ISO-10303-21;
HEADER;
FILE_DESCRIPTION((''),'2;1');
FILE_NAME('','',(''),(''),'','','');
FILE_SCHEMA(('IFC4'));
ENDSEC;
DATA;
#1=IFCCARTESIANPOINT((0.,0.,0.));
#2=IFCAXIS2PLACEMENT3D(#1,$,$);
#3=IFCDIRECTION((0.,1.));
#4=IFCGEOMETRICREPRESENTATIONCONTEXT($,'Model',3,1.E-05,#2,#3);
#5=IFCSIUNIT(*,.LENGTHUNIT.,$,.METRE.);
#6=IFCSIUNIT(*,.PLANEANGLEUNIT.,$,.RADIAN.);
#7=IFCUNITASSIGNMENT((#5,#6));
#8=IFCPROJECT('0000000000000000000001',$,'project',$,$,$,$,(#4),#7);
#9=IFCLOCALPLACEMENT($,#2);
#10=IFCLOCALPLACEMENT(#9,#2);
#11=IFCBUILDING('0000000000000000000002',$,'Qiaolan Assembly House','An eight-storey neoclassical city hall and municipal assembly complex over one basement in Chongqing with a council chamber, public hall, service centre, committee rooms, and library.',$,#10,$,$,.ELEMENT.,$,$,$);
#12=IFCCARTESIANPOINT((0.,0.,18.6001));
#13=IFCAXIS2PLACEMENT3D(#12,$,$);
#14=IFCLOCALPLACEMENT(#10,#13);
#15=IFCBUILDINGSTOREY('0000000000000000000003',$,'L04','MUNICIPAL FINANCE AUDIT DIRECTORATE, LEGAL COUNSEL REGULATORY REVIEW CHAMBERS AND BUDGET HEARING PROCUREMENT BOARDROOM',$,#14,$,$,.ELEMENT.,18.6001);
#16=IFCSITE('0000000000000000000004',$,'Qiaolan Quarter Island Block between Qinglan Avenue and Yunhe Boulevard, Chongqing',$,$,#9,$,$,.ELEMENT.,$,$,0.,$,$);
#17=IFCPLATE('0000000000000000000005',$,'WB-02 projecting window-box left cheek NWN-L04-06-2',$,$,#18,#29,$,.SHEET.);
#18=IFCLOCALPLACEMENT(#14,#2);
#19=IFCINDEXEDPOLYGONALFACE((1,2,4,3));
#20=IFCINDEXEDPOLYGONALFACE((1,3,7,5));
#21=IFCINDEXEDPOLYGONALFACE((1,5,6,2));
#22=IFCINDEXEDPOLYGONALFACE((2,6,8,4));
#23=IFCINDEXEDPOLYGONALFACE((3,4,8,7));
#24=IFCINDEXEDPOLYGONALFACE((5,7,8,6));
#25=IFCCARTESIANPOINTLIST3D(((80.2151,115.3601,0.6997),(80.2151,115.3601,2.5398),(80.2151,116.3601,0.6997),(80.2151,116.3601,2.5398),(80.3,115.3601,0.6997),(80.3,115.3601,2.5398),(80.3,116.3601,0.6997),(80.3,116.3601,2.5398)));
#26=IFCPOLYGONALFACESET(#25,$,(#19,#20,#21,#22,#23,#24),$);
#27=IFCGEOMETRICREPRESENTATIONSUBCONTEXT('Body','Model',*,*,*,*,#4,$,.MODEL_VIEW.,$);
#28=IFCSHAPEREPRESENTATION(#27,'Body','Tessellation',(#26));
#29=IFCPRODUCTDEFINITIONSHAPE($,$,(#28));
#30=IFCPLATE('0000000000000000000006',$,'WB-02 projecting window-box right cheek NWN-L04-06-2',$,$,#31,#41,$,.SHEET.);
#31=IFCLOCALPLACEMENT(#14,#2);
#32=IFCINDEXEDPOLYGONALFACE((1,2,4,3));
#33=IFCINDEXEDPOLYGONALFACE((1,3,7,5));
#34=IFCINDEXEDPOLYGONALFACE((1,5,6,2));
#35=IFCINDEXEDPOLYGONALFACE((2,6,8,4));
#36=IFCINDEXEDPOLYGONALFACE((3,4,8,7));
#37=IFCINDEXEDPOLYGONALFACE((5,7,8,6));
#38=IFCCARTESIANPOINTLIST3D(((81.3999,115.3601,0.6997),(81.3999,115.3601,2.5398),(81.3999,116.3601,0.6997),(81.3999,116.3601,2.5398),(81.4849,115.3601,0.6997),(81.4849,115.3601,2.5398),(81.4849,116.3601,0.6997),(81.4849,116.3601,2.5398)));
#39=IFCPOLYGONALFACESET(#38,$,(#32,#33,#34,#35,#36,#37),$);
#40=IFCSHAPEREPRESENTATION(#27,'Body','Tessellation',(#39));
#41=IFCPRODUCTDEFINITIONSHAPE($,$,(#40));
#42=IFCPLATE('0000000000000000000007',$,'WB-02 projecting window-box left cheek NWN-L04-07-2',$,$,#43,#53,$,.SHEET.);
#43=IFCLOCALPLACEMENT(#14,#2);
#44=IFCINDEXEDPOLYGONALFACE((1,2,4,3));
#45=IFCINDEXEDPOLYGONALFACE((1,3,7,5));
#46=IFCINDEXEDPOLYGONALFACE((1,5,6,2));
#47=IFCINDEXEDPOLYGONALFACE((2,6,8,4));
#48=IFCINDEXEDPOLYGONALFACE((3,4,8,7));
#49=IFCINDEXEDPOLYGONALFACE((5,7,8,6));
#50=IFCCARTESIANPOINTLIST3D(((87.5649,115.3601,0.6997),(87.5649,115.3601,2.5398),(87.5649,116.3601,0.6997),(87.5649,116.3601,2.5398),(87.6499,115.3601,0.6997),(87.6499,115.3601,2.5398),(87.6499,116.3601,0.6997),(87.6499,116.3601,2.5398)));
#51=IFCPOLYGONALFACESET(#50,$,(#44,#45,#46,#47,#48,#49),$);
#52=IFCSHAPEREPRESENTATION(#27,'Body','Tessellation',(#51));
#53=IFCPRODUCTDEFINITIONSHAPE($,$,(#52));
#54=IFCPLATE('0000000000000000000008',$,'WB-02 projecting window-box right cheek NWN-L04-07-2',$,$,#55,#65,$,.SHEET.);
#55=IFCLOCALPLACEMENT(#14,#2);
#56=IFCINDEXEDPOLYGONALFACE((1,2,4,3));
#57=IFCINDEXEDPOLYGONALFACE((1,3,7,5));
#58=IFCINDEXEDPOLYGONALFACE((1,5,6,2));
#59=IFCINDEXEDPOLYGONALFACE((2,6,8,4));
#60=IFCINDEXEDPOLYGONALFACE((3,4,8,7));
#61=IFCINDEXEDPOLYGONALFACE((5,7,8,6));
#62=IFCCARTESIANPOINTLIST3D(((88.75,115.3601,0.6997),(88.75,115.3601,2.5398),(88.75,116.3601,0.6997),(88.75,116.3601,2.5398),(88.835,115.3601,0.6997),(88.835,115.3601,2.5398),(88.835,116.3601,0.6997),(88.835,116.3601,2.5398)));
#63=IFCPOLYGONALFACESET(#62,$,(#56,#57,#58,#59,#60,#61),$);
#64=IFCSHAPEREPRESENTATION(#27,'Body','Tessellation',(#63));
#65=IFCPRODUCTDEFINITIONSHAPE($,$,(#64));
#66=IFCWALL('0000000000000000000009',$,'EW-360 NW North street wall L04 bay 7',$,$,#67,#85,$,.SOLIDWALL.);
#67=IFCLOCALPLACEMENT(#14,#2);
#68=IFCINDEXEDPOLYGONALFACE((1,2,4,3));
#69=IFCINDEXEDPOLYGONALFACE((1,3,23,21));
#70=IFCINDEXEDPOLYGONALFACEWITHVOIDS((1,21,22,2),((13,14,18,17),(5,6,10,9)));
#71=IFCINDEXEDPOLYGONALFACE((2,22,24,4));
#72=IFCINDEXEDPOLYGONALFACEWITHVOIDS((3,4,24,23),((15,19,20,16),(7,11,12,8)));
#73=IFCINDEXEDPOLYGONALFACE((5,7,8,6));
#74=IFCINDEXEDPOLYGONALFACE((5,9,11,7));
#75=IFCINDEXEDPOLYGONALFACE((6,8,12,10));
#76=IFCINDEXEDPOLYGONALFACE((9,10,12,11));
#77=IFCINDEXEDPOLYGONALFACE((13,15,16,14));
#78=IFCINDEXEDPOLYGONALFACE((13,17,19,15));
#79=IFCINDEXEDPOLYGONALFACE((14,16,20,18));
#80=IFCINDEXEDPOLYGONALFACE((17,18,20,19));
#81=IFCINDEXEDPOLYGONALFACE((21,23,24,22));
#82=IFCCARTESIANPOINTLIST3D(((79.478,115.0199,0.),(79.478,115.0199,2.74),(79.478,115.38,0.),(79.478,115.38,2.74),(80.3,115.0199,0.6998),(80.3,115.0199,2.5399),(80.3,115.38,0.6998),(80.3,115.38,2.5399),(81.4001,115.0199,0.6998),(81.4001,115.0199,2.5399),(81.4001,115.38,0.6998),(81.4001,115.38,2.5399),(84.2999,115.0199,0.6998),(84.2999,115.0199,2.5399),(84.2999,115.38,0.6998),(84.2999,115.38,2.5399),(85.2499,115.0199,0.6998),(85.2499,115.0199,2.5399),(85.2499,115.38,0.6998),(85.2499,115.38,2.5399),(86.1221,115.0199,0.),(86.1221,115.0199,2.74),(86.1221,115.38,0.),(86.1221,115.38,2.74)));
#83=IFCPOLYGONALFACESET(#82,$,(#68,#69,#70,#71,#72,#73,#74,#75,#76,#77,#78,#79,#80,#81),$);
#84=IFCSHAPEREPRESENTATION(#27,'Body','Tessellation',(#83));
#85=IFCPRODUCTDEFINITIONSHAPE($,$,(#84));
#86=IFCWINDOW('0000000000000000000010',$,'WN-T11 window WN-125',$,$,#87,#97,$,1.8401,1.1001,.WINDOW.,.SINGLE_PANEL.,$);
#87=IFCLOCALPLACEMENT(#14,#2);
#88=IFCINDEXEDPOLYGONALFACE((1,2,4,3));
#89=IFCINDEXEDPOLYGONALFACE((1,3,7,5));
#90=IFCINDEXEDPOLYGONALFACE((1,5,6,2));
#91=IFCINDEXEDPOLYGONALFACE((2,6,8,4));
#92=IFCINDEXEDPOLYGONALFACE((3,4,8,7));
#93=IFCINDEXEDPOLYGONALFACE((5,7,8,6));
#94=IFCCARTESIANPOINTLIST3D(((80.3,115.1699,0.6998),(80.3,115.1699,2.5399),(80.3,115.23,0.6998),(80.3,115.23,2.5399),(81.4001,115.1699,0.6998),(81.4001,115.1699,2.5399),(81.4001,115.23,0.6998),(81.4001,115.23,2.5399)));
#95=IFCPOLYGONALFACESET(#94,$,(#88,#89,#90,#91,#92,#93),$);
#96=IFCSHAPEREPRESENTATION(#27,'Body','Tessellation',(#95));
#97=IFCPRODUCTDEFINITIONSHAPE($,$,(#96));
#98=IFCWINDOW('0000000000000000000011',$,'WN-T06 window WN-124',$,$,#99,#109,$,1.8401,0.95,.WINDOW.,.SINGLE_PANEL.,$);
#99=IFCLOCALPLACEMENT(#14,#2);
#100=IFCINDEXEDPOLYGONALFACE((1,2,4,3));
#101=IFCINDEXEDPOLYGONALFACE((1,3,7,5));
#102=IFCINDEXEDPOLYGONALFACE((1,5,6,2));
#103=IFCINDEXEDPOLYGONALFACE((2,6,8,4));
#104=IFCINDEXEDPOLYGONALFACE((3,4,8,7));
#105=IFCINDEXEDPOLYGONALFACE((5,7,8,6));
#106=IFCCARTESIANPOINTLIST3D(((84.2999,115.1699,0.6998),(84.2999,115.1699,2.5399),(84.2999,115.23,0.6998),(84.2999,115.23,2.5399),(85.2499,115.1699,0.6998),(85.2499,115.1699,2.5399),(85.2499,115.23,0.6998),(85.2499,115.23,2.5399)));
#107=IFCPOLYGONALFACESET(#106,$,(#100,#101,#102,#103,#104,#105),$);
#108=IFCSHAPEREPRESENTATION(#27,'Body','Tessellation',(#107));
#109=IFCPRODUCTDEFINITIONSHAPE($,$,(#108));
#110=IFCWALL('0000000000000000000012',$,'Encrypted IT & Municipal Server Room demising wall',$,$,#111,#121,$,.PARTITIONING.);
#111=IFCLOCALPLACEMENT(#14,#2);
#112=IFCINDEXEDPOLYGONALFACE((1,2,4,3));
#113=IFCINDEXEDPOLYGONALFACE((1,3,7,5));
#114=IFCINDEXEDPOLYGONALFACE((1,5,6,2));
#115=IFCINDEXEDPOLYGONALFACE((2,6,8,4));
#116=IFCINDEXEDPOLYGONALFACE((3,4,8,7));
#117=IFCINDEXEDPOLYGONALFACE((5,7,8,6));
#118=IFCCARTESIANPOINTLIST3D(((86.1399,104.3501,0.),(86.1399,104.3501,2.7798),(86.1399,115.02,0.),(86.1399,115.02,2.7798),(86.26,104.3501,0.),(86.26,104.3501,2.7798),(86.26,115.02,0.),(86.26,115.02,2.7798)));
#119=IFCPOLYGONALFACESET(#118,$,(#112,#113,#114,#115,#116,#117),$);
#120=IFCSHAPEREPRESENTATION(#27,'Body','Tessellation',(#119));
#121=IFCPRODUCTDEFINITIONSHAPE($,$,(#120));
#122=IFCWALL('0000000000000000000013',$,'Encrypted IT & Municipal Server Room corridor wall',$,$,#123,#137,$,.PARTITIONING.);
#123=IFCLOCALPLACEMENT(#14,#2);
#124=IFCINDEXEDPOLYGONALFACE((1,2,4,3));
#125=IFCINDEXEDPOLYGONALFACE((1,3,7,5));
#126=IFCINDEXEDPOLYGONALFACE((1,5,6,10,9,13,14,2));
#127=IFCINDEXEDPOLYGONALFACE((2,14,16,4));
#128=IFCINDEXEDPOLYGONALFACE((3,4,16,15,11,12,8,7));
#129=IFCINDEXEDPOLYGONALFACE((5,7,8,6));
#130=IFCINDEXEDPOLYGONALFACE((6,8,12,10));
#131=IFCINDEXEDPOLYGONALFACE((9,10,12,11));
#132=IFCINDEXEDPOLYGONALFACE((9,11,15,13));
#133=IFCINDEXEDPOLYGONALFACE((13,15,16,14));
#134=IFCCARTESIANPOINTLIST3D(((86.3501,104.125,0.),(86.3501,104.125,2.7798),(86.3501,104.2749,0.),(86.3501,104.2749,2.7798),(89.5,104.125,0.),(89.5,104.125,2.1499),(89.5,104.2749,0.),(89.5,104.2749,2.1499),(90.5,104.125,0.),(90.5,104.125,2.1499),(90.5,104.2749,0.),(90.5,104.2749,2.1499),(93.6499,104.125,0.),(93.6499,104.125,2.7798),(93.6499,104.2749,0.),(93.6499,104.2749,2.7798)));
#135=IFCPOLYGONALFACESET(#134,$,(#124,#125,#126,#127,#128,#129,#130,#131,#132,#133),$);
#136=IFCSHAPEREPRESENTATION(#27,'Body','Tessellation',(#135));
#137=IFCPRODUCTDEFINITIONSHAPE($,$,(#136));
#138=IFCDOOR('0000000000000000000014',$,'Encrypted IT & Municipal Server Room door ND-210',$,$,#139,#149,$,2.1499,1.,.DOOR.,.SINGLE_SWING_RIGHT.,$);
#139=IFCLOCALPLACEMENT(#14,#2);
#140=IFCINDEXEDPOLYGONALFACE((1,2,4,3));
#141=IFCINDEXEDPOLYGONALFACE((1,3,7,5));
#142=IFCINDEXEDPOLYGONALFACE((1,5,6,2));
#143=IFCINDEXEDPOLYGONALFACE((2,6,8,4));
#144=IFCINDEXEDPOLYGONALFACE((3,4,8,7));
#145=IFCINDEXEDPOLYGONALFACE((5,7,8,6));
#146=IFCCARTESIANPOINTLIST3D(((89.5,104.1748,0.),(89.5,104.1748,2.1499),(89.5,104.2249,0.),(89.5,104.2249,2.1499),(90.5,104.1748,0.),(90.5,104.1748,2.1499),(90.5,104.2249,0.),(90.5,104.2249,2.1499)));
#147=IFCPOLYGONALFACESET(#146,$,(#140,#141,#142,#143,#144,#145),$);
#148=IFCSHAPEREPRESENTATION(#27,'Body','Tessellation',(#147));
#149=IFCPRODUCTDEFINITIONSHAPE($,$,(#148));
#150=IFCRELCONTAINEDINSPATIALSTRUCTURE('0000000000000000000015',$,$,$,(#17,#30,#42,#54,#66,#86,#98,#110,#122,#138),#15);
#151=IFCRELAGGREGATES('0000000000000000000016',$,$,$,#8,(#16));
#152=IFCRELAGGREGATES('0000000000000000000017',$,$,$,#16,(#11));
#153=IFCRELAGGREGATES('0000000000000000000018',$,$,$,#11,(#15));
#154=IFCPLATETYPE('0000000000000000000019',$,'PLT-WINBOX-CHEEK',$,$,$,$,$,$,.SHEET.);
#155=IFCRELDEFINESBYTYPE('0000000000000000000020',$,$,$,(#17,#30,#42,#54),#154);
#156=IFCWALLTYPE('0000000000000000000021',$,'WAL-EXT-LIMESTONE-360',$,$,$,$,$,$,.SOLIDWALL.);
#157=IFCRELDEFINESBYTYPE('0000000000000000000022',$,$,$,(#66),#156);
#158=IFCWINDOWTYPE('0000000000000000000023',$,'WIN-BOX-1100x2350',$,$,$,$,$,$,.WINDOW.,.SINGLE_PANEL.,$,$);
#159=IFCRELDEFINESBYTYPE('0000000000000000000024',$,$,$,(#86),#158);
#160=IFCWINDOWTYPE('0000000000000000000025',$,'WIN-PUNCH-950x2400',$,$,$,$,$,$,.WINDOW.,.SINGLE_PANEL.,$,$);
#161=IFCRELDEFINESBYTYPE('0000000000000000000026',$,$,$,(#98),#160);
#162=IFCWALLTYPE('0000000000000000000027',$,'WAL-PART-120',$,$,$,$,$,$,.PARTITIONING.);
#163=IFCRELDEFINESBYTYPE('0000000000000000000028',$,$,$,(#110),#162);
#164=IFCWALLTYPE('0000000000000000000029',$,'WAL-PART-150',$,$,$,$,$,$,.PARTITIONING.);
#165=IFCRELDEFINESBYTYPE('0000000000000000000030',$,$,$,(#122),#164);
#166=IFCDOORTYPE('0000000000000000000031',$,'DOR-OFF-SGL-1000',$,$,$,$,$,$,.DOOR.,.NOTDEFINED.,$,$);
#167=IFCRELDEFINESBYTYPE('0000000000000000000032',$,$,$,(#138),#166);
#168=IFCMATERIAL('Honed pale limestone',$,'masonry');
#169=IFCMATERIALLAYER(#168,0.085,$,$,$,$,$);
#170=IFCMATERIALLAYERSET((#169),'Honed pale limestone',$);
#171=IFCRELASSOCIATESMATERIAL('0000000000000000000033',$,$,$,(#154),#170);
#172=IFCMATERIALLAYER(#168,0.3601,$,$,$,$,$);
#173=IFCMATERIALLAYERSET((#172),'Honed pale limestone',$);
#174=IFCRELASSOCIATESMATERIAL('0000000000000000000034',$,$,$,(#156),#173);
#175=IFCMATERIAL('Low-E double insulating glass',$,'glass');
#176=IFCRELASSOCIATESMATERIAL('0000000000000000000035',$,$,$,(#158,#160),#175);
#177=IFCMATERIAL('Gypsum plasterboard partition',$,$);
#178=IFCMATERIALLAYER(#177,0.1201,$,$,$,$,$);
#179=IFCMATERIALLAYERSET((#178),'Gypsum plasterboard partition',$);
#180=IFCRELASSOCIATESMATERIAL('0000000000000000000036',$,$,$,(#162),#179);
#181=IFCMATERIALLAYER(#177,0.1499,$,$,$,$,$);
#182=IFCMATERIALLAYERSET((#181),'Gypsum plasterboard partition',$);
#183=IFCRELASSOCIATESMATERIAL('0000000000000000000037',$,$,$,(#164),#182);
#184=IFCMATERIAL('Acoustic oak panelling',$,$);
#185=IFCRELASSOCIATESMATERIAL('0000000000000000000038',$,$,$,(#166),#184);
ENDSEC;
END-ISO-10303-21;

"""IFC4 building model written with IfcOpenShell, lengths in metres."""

from ifc_helpers import new_model, si_unit, direction, frame, frame_2d, origin, origin_2d, place, context, subcontext, project, spatial, rectangle, extrude, material, layer, layer_set, type_object, element, fill, save


model = new_model("IFC4")

# Units and contexts
model_context = context("Model", 3, precision=1e-05, world=origin(), true_north=direction((0.0, 1.0)))
body_context = subcontext(model_context, "Body", "Model", "MODEL_VIEW")
ifc_project = project(units=[si_unit("LENGTHUNIT", "METRE"), si_unit("PLANEANGLEUNIT", "RADIAN")], contexts=[model_context])

# Site, building, storey
site_placement = place(None, origin())
site = spatial("IfcSite", under=ifc_project, at=site_placement, Name="Qiaolan Quarter Island Block between Qinglan Avenue and Yunhe Boulevard, Chongqing", CompositionType="ELEMENT", RefElevation=0.0)
building_placement = place(site_placement, origin())
building = spatial("IfcBuilding", under=site, at=building_placement, Name="Qiaolan Assembly House", Description="An eight-storey neoclassical city hall and municipal assembly complex over one basement in Chongqing with a council chamber, public hall, service centre, committee rooms, and library.", CompositionType="ELEMENT")
storey_placement = place(building_placement, frame((0.0, 0.0, 18.6001)))
storey = spatial("IfcBuildingStorey", under=building, at=storey_placement, Name="L04", Description="MUNICIPAL FINANCE AUDIT DIRECTORATE, LEGAL COUNSEL REGULATORY REVIEW CHAMBERS AND BUDGET HEARING PROCUREMENT BOARDROOM", CompositionType="ELEMENT", Elevation=18.6001)

# Plates
ifc_material_1 = material(Name="Honed pale limestone", Category="masonry")
ifc_layer_1 = layer(ifc_material_1, 0.085)
ifc_layer_set_1 = layer_set([ifc_layer_1], Name="Honed pale limestone")
plate_type = type_object("IfcPlateType", Name="PLT-WINBOX-CHEEK", PredefinedType="SHEET", material=ifc_layer_set_1)
for number, where, z_axis, x_axis, name in (
    (1, (80.2576, 115.8601, 0.6997), (0.0, 0.0, 1.0), (1.0, 0.0, 0.0), "WB-02 projecting window-box left cheek NWN-L04-06-2"),
    (2, (81.4424, 115.8601, 0.6997), (0.0, 0.0, 1.0), (1.0, 0.0, 0.0), "WB-02 projecting window-box right cheek NWN-L04-06-2"),
    (3, (87.6074, 115.8601, 0.6997), (0.0, 0.0, 1.0), (1.0, 0.0, 0.0), "WB-02 projecting window-box left cheek NWN-L04-07-2"),
    (4, (88.7925, 115.8601, 0.6997), (0.0, 0.0, 1.0), (1.0, 0.0, 0.0), "WB-02 projecting window-box right cheek NWN-L04-07-2"),
):
    element("IfcPlate", number, at=place(storey_placement, frame(where, z_axis=z_axis, x_axis=x_axis)), inside=storey, type_object=plate_type, Name=name, PredefinedType="SHEET", context=body_context, shape_type="SweptSolid", body=[
        extrude(rectangle(XDim=0.085, YDim=1.0, at=origin_2d()), origin(), (0.0, 0.0, 1.0), 1.8401),
    ])

# Wall, openings, windows
ifc_layer_2 = layer(ifc_material_1, 0.3601)
ifc_layer_set_2 = layer_set([ifc_layer_2], Name="Honed pale limestone")
wall_type_1 = type_object("IfcWallType", Name="WAL-EXT-LIMESTONE-360", PredefinedType="SOLIDWALL", material=ifc_layer_set_2)
wall_1_placement = place(storey_placement, frame((86.1221, 115.2, 0.0), z_axis=(0.0, 0.0, 1.0), x_axis=(-1.0, 0.0, 0.0)))
wall_1 = element("IfcWall", 5, at=wall_1_placement, inside=storey, type_object=wall_type_1, Name="EW-360 NW North street wall L04 bay 7", PredefinedType="SOLIDWALL", context=body_context, shape_type="SweptSolid", body=[
    extrude(rectangle(XDim=6.644, YDim=0.3601, at=frame_2d((3.322, 0.0))), origin(), (0.0, 0.0, 1.0), 2.74),
])
opening_1_placement = place(wall_1_placement, frame((0.8721, 0.0, 0.7)))
opening_1 = element("IfcOpeningElement", 6, at=opening_1_placement, cuts=wall_1, PredefinedType="OPENING", context=body_context, shape_type="SweptSolid", body=[
    extrude(rectangle(XDim=0.95, YDim=1.8401, at=frame_2d((0.4751, 0.9199))), frame((0.0, 0.1899, 0.0), z_axis=(0.0, -1.0, 0.0), x_axis=(1.0, 0.0, 0.0)), (0.0, 0.0, 1.0), 0.3801),
])
opening_2_placement = place(wall_1_placement, frame((4.7219, 0.0, 0.7)))
opening_2 = element("IfcOpeningElement", 7, at=opening_2_placement, cuts=wall_1, PredefinedType="OPENING", context=body_context, shape_type="SweptSolid", body=[
    extrude(rectangle(XDim=1.1001, YDim=1.8401, at=frame_2d((0.55, 0.9199))), frame((0.0, 0.1899, 0.0), z_axis=(0.0, -1.0, 0.0), x_axis=(1.0, 0.0, 0.0)), (0.0, 0.0, 1.0), 0.3801),
])
ifc_material_2 = material(Name="Low-E double insulating glass", Category="glass")
window_type_1 = type_object("IfcWindowType", Name="WIN-BOX-1100x2350", PartitioningType="SINGLE_PANEL", PredefinedType="WINDOW", material=ifc_material_2)
window_1_placement = place(opening_2_placement, origin())
window_1 = element("IfcWindow", 8, at=window_1_placement, inside=storey, type_object=window_type_1, Name="WN-T11 window WN-125", OverallHeight=1.8401, OverallWidth=1.1001, PartitioningType="SINGLE_PANEL", PredefinedType="WINDOW", context=body_context, shape_type="SweptSolid", body=[
    extrude(rectangle(XDim=1.1001, YDim=1.8401, at=frame_2d((0.55, 0.9199))), frame((0.0, 0.03, 0.0), z_axis=(0.0, -1.0, 0.0), x_axis=(1.0, 0.0, 0.0)), (0.0, 0.0, 1.0), 0.0601),
])
fill(opening_2, window_1)
window_type_2 = type_object("IfcWindowType", Name="WIN-PUNCH-950x2400", PartitioningType="SINGLE_PANEL", PredefinedType="WINDOW", material=ifc_material_2)
window_2_placement = place(opening_1_placement, origin())
window_2 = element("IfcWindow", 9, at=window_2_placement, inside=storey, type_object=window_type_2, Name="WN-T06 window WN-124", OverallHeight=1.8401, OverallWidth=0.95, PartitioningType="SINGLE_PANEL", PredefinedType="WINDOW", context=body_context, shape_type="SweptSolid", body=[
    extrude(rectangle(XDim=0.95, YDim=1.8401, at=frame_2d((0.4751, 0.9199))), frame((0.0, 0.03, 0.0), z_axis=(0.0, -1.0, 0.0), x_axis=(1.0, 0.0, 0.0)), (0.0, 0.0, 1.0), 0.0601),
])
fill(opening_1, window_2)

# Wall
ifc_material_3 = material(Name="Gypsum plasterboard partition")
ifc_layer_3 = layer(ifc_material_3, 0.1201)
ifc_layer_set_3 = layer_set([ifc_layer_3], Name="Gypsum plasterboard partition")
wall_type_2 = type_object("IfcWallType", Name="WAL-PART-120", PredefinedType="PARTITIONING", material=ifc_layer_set_3)
wall_2_placement = place(storey_placement, frame((86.2, 104.3501, 0.0), z_axis=(0.0, 0.0, 1.0), x_axis=(0.0, 1.0, 0.0)))
element("IfcWall", 10, at=wall_2_placement, inside=storey, type_object=wall_type_2, Name="Encrypted IT & Municipal Server Room demising wall", PredefinedType="PARTITIONING", context=body_context, shape_type="SweptSolid", body=[
    extrude(rectangle(XDim=10.6699, YDim=0.1201, at=frame_2d((5.335, 0.0))), origin(), (0.0, 0.0, 1.0), 2.7798),
])

# Wall, opening, door
ifc_layer_4 = layer(ifc_material_3, 0.1499)
ifc_layer_set_4 = layer_set([ifc_layer_4], Name="Gypsum plasterboard partition")
wall_type_3 = type_object("IfcWallType", Name="WAL-PART-150", PredefinedType="PARTITIONING", material=ifc_layer_set_4)
wall_3_placement = place(storey_placement, frame((86.3501, 104.2, 0.0), z_axis=(0.0, 0.0, 1.0), x_axis=(1.0, 0.0, 0.0)))
wall_3 = element("IfcWall", 11, at=wall_3_placement, inside=storey, type_object=wall_type_3, Name="Encrypted IT & Municipal Server Room corridor wall", PredefinedType="PARTITIONING", context=body_context, shape_type="SweptSolid", body=[
    extrude(rectangle(XDim=7.2998, YDim=0.1499, at=frame_2d((3.6499, 0.0))), origin(), (0.0, 0.0, 1.0), 2.7798),
])
opening_3_placement = place(wall_3_placement, frame((3.1499, 0.0, 0.0)))
opening_3 = element("IfcOpeningElement", 12, at=opening_3_placement, cuts=wall_3, PredefinedType="OPENING", context=body_context, shape_type="SweptSolid", body=[
    extrude(rectangle(XDim=1.0, YDim=2.1499, at=frame_2d((0.5, 1.075))), frame((0.0, 0.085, 0.0), z_axis=(0.0, -1.0, 0.0), x_axis=(1.0, 0.0, 0.0)), (0.0, 0.0, 1.0), 0.1699),
])
ifc_material_4 = material(Name="Acoustic oak panelling")
door_type = type_object("IfcDoorType", Name="DOR-OFF-SGL-1000", OperationType="NOTDEFINED", PredefinedType="DOOR", material=ifc_material_4)
door_placement = place(opening_3_placement, origin())
door = element("IfcDoor", 13, at=door_placement, inside=storey, type_object=door_type, Name="Encrypted IT & Municipal Server Room door ND-210", OperationType="SINGLE_SWING_RIGHT", OverallHeight=2.1499, OverallWidth=1.0, PredefinedType="DOOR", context=body_context, shape_type="SweptSolid", body=[
    extrude(rectangle(XDim=1.0, YDim=2.1499, at=frame_2d((0.5, 1.075))), frame((0.0, 0.0249, 0.0), z_axis=(0.0, -1.0, 0.0), x_axis=(1.0, 0.0, 0.0)), (0.0, 0.0, 1.0), 0.05),
])
fill(opening_3, door)

save(model, "model.ifc")
